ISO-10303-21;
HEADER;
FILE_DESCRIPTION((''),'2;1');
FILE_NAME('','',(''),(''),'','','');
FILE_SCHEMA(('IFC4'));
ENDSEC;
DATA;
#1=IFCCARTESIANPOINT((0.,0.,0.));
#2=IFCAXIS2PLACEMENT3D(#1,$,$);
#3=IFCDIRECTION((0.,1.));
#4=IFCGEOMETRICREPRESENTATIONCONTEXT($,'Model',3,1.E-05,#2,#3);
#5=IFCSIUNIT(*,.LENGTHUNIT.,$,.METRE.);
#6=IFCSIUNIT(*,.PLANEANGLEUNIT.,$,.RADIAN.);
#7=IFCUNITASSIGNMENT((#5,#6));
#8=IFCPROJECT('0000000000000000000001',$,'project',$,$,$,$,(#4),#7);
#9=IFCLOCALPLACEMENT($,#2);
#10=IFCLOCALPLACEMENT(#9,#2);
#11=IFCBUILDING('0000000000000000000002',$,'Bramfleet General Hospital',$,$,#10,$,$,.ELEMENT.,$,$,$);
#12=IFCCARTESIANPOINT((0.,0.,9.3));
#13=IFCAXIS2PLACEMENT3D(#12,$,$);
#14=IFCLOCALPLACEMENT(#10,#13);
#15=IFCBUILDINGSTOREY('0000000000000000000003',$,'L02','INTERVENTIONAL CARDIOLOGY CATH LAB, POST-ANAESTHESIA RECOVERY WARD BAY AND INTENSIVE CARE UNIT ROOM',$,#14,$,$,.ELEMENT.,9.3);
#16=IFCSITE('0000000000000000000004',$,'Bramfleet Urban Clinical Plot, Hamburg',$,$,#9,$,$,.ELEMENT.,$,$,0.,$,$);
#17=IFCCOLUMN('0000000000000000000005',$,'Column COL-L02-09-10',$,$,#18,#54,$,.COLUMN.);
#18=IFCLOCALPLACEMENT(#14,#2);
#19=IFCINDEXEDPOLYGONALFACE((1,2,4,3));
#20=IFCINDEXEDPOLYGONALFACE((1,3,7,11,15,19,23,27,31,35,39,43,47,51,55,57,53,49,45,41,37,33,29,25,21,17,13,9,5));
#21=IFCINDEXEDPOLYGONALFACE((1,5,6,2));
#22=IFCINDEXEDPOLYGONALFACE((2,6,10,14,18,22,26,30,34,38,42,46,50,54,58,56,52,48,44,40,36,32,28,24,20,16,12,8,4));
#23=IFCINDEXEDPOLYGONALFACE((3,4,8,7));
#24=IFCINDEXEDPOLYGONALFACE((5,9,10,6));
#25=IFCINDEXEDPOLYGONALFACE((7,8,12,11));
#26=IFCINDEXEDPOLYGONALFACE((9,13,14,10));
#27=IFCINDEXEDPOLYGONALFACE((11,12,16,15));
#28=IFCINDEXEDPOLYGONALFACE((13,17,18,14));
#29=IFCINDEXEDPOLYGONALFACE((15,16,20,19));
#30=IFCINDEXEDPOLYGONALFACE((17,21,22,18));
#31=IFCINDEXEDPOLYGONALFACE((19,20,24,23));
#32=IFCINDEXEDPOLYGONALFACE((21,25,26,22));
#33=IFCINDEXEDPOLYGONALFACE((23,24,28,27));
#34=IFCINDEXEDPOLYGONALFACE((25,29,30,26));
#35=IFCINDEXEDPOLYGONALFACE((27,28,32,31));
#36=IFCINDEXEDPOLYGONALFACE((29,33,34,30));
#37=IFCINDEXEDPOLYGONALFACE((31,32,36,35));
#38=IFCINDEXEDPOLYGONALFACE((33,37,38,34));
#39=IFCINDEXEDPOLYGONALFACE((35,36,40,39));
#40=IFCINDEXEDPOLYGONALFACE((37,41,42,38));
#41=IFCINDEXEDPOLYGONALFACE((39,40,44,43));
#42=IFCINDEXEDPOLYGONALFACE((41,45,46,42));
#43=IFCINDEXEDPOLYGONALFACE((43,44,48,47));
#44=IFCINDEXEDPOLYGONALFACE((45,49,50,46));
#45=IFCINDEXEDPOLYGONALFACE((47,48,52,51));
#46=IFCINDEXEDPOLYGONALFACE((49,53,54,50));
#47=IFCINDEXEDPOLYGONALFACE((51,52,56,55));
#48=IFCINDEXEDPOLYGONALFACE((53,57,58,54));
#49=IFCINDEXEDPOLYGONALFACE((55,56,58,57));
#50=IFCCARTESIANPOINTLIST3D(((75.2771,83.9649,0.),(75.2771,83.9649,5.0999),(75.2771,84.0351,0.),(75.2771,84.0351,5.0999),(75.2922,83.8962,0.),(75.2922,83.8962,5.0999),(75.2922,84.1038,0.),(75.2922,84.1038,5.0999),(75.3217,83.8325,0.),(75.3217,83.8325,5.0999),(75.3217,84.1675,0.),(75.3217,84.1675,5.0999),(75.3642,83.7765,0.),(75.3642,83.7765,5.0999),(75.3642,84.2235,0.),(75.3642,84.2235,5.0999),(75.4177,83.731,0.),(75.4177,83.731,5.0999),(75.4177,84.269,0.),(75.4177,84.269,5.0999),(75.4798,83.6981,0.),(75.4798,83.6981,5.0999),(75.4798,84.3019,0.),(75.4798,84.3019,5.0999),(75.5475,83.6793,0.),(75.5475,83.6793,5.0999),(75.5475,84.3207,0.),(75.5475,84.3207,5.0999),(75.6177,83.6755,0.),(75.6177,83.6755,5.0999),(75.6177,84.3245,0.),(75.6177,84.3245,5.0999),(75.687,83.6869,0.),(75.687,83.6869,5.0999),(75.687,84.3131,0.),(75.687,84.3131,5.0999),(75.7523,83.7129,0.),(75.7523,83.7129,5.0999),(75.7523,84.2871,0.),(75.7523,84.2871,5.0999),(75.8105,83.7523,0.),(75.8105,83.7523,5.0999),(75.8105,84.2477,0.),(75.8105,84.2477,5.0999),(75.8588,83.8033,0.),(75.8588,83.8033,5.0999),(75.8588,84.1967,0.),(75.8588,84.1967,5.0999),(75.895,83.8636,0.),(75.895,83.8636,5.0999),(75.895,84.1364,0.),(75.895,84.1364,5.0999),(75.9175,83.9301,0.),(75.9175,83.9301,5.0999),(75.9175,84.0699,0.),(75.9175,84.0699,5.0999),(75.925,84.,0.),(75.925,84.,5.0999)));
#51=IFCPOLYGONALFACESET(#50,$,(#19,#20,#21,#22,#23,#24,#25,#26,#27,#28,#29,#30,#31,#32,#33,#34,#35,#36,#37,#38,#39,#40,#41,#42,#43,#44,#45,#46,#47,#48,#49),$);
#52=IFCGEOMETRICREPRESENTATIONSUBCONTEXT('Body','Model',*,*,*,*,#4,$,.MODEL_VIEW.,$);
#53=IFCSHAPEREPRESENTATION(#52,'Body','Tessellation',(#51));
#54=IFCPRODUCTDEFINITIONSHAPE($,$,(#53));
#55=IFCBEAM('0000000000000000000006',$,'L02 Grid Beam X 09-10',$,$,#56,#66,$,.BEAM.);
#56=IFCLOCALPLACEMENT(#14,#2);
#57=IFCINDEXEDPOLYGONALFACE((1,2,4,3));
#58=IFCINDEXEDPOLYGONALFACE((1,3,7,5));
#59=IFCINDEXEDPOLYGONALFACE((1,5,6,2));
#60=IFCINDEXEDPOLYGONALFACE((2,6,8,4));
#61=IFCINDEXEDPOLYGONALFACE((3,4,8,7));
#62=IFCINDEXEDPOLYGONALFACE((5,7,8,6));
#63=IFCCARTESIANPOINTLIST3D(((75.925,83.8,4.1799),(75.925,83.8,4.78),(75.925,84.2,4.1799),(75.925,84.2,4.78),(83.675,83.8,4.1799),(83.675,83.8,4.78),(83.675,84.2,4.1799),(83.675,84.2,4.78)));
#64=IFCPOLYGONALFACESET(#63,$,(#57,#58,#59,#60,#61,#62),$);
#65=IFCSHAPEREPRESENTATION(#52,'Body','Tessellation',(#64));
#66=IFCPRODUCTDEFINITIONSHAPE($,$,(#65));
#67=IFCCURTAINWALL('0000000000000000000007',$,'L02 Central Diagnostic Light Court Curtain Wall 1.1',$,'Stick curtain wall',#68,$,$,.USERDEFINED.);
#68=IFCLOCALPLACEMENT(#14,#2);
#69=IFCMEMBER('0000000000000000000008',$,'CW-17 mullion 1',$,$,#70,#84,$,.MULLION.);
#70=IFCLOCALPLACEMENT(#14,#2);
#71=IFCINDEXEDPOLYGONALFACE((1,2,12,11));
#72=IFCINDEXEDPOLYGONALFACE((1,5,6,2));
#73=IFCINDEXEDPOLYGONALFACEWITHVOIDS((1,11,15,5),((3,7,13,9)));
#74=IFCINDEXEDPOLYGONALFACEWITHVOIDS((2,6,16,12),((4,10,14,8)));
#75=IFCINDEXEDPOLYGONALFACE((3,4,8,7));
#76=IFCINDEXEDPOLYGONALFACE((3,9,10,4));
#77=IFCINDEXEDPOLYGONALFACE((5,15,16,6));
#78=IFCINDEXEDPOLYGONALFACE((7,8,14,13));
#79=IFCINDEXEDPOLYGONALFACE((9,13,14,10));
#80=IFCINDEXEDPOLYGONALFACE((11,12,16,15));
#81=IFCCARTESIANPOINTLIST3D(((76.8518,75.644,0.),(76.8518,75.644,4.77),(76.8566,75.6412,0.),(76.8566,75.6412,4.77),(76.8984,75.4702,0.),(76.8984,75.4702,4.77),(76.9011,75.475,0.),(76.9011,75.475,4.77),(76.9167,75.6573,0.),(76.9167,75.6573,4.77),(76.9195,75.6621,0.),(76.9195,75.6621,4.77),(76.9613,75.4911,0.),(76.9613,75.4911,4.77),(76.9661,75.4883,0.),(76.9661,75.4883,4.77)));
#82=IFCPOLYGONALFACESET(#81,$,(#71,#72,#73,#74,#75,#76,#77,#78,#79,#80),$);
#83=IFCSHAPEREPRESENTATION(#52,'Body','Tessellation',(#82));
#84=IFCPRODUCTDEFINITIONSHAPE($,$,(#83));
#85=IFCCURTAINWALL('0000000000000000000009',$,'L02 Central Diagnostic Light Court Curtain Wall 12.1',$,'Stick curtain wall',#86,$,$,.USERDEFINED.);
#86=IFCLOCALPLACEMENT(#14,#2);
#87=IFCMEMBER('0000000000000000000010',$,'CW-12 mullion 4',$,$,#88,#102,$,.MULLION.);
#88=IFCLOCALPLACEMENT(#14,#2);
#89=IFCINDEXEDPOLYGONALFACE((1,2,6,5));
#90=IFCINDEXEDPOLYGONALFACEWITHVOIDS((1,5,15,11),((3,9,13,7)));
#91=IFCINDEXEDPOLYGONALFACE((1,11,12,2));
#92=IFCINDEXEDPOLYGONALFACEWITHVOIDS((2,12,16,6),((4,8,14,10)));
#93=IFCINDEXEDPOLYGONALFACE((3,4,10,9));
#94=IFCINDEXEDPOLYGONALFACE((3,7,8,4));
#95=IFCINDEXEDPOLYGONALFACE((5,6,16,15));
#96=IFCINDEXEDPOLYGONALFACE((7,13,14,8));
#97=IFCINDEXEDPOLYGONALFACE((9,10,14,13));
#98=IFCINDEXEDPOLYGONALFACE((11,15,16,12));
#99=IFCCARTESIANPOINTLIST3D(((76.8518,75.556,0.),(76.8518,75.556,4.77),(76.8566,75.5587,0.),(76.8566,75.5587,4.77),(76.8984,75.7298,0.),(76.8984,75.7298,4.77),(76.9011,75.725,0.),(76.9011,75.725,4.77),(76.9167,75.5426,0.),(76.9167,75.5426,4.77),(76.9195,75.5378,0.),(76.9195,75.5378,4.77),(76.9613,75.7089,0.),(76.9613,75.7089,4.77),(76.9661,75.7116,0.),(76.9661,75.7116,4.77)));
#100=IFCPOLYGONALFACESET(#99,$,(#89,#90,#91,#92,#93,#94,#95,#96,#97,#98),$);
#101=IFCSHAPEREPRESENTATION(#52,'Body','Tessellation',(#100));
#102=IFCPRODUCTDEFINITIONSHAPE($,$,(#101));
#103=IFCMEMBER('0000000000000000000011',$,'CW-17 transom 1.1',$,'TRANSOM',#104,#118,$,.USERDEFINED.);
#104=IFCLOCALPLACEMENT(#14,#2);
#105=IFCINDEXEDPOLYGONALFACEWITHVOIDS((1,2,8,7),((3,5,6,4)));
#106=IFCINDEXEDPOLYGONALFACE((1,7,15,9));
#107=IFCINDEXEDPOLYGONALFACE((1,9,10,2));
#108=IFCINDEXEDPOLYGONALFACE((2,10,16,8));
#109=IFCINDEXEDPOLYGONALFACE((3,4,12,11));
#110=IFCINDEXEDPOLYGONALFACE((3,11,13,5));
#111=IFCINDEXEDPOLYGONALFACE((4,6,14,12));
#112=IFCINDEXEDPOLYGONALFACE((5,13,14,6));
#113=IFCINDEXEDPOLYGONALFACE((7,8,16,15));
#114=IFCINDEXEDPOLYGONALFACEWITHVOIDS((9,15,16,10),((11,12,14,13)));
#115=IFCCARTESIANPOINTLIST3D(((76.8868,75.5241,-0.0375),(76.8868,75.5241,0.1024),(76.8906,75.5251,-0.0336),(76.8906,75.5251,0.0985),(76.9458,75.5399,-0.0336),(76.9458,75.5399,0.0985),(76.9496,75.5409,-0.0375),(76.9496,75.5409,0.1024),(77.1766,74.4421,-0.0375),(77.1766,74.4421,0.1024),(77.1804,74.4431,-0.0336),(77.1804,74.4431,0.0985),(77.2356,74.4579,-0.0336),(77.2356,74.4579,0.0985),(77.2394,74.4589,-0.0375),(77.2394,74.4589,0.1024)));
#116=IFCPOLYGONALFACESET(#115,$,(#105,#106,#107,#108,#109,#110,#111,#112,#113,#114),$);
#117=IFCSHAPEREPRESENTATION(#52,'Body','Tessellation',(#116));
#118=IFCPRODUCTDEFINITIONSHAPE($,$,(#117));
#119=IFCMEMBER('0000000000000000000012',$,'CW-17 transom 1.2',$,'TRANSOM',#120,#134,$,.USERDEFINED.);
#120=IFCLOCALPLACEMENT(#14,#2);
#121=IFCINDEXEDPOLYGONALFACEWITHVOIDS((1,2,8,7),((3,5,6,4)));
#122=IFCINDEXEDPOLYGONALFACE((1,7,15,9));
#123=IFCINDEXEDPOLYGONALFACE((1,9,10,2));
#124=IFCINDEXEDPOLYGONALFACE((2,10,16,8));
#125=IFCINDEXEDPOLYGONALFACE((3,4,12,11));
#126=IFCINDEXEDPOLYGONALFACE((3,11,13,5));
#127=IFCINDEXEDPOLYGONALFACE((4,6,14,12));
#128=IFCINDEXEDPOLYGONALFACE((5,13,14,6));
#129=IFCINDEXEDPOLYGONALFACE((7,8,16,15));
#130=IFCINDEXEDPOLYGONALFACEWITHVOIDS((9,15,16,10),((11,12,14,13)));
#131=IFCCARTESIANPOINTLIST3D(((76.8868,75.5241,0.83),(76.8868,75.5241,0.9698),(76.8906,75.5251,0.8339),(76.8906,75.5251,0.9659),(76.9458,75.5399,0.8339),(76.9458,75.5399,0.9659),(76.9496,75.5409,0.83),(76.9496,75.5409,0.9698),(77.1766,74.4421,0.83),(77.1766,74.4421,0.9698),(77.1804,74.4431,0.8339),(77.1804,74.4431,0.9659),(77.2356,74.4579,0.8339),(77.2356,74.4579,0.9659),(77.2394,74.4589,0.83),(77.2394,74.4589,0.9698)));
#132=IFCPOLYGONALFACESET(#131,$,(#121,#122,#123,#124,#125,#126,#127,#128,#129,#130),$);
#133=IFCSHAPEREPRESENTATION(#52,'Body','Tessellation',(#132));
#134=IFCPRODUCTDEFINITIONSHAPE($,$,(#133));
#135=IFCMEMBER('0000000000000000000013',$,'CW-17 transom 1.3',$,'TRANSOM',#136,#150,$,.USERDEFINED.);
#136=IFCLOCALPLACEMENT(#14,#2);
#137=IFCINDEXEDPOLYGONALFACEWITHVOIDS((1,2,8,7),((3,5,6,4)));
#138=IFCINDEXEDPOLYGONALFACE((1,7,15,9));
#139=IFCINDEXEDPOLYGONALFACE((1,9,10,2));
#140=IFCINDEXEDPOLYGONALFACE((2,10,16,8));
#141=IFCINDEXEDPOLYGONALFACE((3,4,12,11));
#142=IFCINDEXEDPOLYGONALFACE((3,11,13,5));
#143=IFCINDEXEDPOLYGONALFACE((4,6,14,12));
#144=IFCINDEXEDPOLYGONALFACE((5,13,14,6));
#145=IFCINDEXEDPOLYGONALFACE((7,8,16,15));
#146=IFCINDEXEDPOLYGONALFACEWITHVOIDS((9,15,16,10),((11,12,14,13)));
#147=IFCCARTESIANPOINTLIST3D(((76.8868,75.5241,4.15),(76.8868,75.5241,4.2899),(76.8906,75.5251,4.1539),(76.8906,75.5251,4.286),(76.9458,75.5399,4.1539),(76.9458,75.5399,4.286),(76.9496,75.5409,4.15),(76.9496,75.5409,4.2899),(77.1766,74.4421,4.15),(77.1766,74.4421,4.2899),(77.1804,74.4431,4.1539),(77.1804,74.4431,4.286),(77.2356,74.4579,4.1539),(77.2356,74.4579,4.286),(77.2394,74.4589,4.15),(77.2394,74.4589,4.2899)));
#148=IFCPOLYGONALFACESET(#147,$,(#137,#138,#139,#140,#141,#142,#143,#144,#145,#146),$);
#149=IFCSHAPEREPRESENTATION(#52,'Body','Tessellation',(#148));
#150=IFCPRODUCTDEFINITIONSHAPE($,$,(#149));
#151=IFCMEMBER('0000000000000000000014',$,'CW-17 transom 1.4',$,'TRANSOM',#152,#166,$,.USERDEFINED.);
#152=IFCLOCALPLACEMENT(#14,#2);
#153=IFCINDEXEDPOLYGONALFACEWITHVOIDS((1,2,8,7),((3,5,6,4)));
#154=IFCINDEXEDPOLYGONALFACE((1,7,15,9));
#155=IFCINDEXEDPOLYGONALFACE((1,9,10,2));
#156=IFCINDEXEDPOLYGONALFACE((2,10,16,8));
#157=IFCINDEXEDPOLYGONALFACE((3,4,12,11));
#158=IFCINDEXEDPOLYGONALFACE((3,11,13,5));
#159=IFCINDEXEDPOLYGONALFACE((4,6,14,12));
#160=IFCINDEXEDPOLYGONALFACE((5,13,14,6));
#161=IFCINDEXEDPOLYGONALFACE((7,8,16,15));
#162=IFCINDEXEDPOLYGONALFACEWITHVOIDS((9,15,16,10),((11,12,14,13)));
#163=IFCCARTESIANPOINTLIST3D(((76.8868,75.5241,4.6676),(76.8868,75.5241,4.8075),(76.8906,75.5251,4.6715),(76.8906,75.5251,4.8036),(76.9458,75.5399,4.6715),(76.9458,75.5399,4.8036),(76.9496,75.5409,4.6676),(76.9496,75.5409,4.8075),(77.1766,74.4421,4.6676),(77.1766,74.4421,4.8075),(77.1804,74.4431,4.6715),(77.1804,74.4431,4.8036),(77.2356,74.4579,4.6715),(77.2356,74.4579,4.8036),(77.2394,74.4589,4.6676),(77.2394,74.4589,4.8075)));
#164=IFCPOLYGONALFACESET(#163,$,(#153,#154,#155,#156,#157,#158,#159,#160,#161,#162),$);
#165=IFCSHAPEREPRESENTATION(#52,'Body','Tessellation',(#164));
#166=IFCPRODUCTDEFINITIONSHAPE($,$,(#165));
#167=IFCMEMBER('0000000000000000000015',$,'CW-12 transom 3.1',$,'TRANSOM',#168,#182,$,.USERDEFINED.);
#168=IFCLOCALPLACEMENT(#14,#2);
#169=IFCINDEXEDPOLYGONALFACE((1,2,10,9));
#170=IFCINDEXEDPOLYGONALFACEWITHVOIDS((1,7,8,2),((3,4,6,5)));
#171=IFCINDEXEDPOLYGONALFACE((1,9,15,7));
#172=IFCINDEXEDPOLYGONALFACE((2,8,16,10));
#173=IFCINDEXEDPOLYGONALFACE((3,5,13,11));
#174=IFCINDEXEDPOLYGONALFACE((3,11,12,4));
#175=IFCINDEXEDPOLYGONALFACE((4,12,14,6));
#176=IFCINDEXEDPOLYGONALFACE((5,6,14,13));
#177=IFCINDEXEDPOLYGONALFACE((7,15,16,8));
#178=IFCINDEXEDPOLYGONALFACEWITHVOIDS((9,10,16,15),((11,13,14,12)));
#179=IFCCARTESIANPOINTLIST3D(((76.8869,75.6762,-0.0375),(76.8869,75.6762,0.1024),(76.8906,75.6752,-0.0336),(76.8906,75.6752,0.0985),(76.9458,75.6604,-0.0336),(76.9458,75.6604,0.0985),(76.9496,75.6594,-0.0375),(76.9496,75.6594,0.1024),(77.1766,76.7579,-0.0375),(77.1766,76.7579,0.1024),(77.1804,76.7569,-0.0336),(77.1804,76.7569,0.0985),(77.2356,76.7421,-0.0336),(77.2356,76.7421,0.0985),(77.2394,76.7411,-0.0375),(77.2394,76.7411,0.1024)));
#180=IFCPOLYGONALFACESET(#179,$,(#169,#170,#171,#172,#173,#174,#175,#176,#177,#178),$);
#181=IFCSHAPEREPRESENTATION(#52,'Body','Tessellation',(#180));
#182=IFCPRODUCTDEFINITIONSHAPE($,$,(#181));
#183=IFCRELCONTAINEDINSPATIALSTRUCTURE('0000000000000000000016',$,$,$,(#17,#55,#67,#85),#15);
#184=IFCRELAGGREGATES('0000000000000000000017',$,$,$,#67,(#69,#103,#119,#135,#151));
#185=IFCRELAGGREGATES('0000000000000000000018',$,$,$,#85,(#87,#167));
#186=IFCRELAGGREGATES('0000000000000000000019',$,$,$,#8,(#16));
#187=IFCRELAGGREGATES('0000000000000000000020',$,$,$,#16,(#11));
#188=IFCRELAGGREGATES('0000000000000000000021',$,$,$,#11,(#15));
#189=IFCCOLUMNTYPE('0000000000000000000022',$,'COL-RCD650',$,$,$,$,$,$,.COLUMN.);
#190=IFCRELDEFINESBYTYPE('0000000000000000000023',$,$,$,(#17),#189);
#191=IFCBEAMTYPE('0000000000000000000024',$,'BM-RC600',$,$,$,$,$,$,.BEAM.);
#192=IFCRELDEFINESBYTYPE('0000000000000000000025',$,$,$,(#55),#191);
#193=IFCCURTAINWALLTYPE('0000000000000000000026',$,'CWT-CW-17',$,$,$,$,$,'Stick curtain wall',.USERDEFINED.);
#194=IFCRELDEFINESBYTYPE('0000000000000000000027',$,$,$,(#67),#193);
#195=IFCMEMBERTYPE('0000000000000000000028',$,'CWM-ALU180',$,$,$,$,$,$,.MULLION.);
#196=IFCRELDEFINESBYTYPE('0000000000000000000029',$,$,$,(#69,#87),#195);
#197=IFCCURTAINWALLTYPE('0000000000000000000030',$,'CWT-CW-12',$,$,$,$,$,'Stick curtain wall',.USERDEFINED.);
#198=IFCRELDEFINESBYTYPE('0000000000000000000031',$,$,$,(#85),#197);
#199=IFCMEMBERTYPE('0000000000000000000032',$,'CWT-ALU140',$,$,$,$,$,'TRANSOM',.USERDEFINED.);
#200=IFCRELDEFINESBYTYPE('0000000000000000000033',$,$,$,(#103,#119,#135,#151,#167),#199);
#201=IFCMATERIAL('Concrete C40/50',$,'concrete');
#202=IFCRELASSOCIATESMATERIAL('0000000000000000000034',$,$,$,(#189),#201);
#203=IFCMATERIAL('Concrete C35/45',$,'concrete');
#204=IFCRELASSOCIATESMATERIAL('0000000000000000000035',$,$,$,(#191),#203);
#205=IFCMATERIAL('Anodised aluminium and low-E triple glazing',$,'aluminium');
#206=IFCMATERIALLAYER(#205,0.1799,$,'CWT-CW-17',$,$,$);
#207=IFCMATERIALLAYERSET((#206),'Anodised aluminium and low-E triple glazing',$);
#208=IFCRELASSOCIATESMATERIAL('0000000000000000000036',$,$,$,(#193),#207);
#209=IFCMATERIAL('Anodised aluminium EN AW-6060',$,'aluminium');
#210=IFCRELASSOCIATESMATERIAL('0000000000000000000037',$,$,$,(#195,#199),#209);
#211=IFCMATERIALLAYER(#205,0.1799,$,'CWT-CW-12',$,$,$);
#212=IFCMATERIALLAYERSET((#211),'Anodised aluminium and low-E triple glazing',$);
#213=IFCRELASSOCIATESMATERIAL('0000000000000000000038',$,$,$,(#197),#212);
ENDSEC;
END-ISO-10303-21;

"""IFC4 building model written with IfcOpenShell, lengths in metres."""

from ifc_helpers import new_model, si_unit, direction, frame, origin, origin_2d, place, context, subcontext, project, spatial, rectangle, hollow_rectangle, circle, extrude, material, layer, layer_set, material_profile, profile_set, type_object, element, aggregate, save


model = new_model("IFC4")

# Units and contexts
model_context = context("Model", 3, precision=1e-05, world=origin(), true_north=direction((0.0, 1.0)))
body_context = subcontext(model_context, "Body", "Model", "MODEL_VIEW")
ifc_project = project(units=[si_unit("LENGTHUNIT", "METRE"), si_unit("PLANEANGLEUNIT", "RADIAN")], contexts=[model_context])

# Site, building, storey
site_placement = place(None, origin())
site = spatial("IfcSite", under=ifc_project, at=site_placement, Name="Bramfleet Urban Clinical Plot, Hamburg", CompositionType="ELEMENT", RefElevation=0.0)
building_placement = place(site_placement, origin())
building = spatial("IfcBuilding", under=site, at=building_placement, Name="Bramfleet General Hospital", CompositionType="ELEMENT")
storey_placement = place(building_placement, frame((0.0, 0.0, 9.3)))
storey = spatial("IfcBuildingStorey", under=building, at=storey_placement, Name="L02", Description="INTERVENTIONAL CARDIOLOGY CATH LAB, POST-ANAESTHESIA RECOVERY WARD BAY AND INTENSIVE CARE UNIT ROOM", CompositionType="ELEMENT", Elevation=9.3)

# Column
ifc_material_1 = material(Name="Concrete C40/50", Category="concrete")
ifc_material_profile_1 = material_profile(ifc_material_1, circle(Radius=0.325, at=origin_2d()), Name="RC ROUND D650")
ifc_profile_set_1 = profile_set([ifc_material_profile_1], Name="Concrete C40/50")
column_type = type_object("IfcColumnType", Name="COL-RCD650", PredefinedType="COLUMN", material=ifc_profile_set_1)
column_placement = place(storey_placement, frame((75.6001, 84.0, 0.0), z_axis=(0.0, 0.0, 1.0), x_axis=(1.0, 0.0, 0.0)))
element("IfcColumn", 1, at=column_placement, inside=storey, type_object=column_type, Name="Column COL-L02-09-10", PredefinedType="COLUMN", context=body_context, shape_type="SweptSolid", body=[
    extrude(circle(Radius=0.325, at=origin_2d()), origin(), (0.0, 0.0, 1.0), 5.0999),
])

# Beam
ifc_material_2 = material(Name="Concrete C35/45", Category="concrete")
ifc_material_profile_2 = material_profile(ifc_material_2, rectangle(XDim=0.3999, YDim=0.6001, at=origin_2d()), Name="RC BM 600x400")
ifc_profile_set_2 = profile_set([ifc_material_profile_2], Name="Concrete C35/45")
beam_type = type_object("IfcBeamType", Name="BM-RC600", PredefinedType="BEAM", material=ifc_profile_set_2)
beam_placement = place(storey_placement, frame((75.925, 84.0, 4.48), z_axis=(1.0, 0.0, 0.0), x_axis=(0.0, 1.0, 0.0)))
element("IfcBeam", 2, at=beam_placement, inside=storey, type_object=beam_type, Name="L02 Grid Beam X 09-10", PredefinedType="BEAM", context=body_context, shape_type="SweptSolid", body=[
    extrude(rectangle(XDim=0.3999, YDim=0.6001, at=origin_2d()), origin(), (0.0, 0.0, 1.0), 7.75),
])

# Curtain walls, members
ifc_material_3 = material(Name="Anodised aluminium and low-E triple glazing", Category="aluminium")
ifc_layer_1 = layer(ifc_material_3, 0.1799, Name="CWT-CW-17")
ifc_layer_set_1 = layer_set([ifc_layer_1], Name="Anodised aluminium and low-E triple glazing")
curtain_wall_type_1 = type_object("IfcCurtainWallType", Name="CWT-CW-17", ElementType="Stick curtain wall", PredefinedType="USERDEFINED", material=ifc_layer_set_1)
curtain_wall_1_placement = place(storey_placement, origin())
curtain_wall_1 = element("IfcCurtainWall", 3, at=curtain_wall_1_placement, inside=storey, type_object=curtain_wall_type_1, Name="L02 Central Diagnostic Light Court Curtain Wall 1.1", ObjectType="Stick curtain wall", PredefinedType="USERDEFINED")
ifc_material_4 = material(Name="Anodised aluminium EN AW-6060", Category="aluminium")
ifc_material_profile_3 = material_profile(ifc_material_4, hollow_rectangle(XDim=0.0701, YDim=0.1799, WallThickness=0.0039, at=origin_2d()), Name="ALU 180x70x4.0")
ifc_profile_set_3 = profile_set([ifc_material_profile_3], Name="Anodised aluminium EN AW-6060")
member_type_1 = type_object("IfcMemberType", Name="CWM-ALU180", PredefinedType="MULLION", material=ifc_profile_set_3)
member_1_placement = place(storey_placement, frame((76.9089, 75.5662, 0.0), z_axis=(0.0, 0.0, 1.0), x_axis=(0.965941, 0.258763, 0.0)))
member_1 = element("IfcMember", 4, at=member_1_placement, type_object=member_type_1, Name="CW-17 mullion 1", PredefinedType="MULLION", context=body_context, shape_type="SweptSolid", body=[
    extrude(hollow_rectangle(XDim=0.0701, YDim=0.1799, WallThickness=0.0039, at=origin_2d()), origin(), (0.0, 0.0, 1.0), 4.77),
])
ifc_layer_2 = layer(ifc_material_3, 0.1799, Name="CWT-CW-12")
ifc_layer_set_2 = layer_set([ifc_layer_2], Name="Anodised aluminium and low-E triple glazing")
curtain_wall_type_2 = type_object("IfcCurtainWallType", Name="CWT-CW-12", ElementType="Stick curtain wall", PredefinedType="USERDEFINED", material=ifc_layer_set_2)
curtain_wall_2_placement = place(storey_placement, origin())
curtain_wall_2 = element("IfcCurtainWall", 5, at=curtain_wall_2_placement, inside=storey, type_object=curtain_wall_type_2, Name="L02 Central Diagnostic Light Court Curtain Wall 12.1", ObjectType="Stick curtain wall", PredefinedType="USERDEFINED")
member_2_placement = place(storey_placement, frame((76.9089, 75.6338, 0.0), z_axis=(0.0, 0.0, 1.0), x_axis=(0.965941, -0.258763, 0.0)))
member_2 = element("IfcMember", 6, at=member_2_placement, type_object=member_type_1, Name="CW-12 mullion 4", PredefinedType="MULLION", context=body_context, shape_type="SweptSolid", body=[
    extrude(hollow_rectangle(XDim=0.0701, YDim=0.1799, WallThickness=0.0039, at=origin_2d()), origin(), (0.0, 0.0, 1.0), 4.77),
])

# Members
ifc_material_profile_4 = material_profile(ifc_material_4, hollow_rectangle(XDim=0.0649, YDim=0.1399, WallThickness=0.0039, at=origin_2d()), Name="ALU 140x65x4.0")
ifc_profile_set_4 = profile_set([ifc_material_profile_4], Name="Anodised aluminium EN AW-6060")
member_type_2 = type_object("IfcMemberType", Name="CWT-ALU140", ElementType="TRANSOM", PredefinedType="USERDEFINED", material=ifc_profile_set_4)
member_3_placement = place(storey_placement, frame((76.9182, 75.5325, 0.0325), z_axis=(0.258707, -0.965956, 0.0), x_axis=(0.965956, 0.258707, 0.0)))
member_3 = element("IfcMember", 7, at=member_3_placement, type_object=member_type_2, Name="CW-17 transom 1.1", ObjectType="TRANSOM", PredefinedType="USERDEFINED", context=body_context, shape_type="SweptSolid", body=[
    extrude(hollow_rectangle(XDim=0.0649, YDim=0.1399, WallThickness=0.0039, at=origin_2d()), origin(), (0.0, 0.0, 1.0), 1.1201),
])
member_4_placement = place(storey_placement, frame((76.9182, 75.5325, 0.8999), z_axis=(0.258707, -0.965956, 0.0), x_axis=(0.965956, 0.258707, 0.0)))
member_4 = element("IfcMember", 8, at=member_4_placement, type_object=member_type_2, Name="CW-17 transom 1.2", ObjectType="TRANSOM", PredefinedType="USERDEFINED", context=body_context, shape_type="SweptSolid", body=[
    extrude(hollow_rectangle(XDim=0.0649, YDim=0.1399, WallThickness=0.0039, at=origin_2d()), origin(), (0.0, 0.0, 1.0), 1.1201),
])
member_5_placement = place(storey_placement, frame((76.9182, 75.5325, 4.22), z_axis=(0.258707, -0.965956, 0.0), x_axis=(0.965956, 0.258707, 0.0)))
member_5 = element("IfcMember", 9, at=member_5_placement, type_object=member_type_2, Name="CW-17 transom 1.3", ObjectType="TRANSOM", PredefinedType="USERDEFINED", context=body_context, shape_type="SweptSolid", body=[
    extrude(hollow_rectangle(XDim=0.0649, YDim=0.1399, WallThickness=0.0039, at=origin_2d()), origin(), (0.0, 0.0, 1.0), 1.1201),
])
member_6_placement = place(storey_placement, frame((76.9182, 75.5325, 4.7375), z_axis=(0.258707, -0.965956, 0.0), x_axis=(0.965956, 0.258707, 0.0)))
member_6 = element("IfcMember", 10, at=member_6_placement, type_object=member_type_2, Name="CW-17 transom 1.4", ObjectType="TRANSOM", PredefinedType="USERDEFINED", context=body_context, shape_type="SweptSolid", body=[
    extrude(hollow_rectangle(XDim=0.0649, YDim=0.1399, WallThickness=0.0039, at=origin_2d()), origin(), (0.0, 0.0, 1.0), 1.1201),
])
member_7_placement = place(storey_placement, frame((77.208, 76.7495, 0.0325), z_axis=(-0.258762, -0.965941, 0.0), x_axis=(0.965941, -0.258762, 0.0)))
member_7 = element("IfcMember", 11, at=member_7_placement, type_object=member_type_2, Name="CW-12 transom 3.1", ObjectType="TRANSOM", PredefinedType="USERDEFINED", context=body_context, shape_type="SweptSolid", body=[
    extrude(hollow_rectangle(XDim=0.0649, YDim=0.1399, WallThickness=0.0039, at=origin_2d()), origin(), (0.0, 0.0, 1.0), 1.1199),
])

aggregate(curtain_wall_1, [member_1, member_3, member_4, member_5, member_6])
aggregate(curtain_wall_2, [member_2, member_7])

save(model, "model.ifc")
